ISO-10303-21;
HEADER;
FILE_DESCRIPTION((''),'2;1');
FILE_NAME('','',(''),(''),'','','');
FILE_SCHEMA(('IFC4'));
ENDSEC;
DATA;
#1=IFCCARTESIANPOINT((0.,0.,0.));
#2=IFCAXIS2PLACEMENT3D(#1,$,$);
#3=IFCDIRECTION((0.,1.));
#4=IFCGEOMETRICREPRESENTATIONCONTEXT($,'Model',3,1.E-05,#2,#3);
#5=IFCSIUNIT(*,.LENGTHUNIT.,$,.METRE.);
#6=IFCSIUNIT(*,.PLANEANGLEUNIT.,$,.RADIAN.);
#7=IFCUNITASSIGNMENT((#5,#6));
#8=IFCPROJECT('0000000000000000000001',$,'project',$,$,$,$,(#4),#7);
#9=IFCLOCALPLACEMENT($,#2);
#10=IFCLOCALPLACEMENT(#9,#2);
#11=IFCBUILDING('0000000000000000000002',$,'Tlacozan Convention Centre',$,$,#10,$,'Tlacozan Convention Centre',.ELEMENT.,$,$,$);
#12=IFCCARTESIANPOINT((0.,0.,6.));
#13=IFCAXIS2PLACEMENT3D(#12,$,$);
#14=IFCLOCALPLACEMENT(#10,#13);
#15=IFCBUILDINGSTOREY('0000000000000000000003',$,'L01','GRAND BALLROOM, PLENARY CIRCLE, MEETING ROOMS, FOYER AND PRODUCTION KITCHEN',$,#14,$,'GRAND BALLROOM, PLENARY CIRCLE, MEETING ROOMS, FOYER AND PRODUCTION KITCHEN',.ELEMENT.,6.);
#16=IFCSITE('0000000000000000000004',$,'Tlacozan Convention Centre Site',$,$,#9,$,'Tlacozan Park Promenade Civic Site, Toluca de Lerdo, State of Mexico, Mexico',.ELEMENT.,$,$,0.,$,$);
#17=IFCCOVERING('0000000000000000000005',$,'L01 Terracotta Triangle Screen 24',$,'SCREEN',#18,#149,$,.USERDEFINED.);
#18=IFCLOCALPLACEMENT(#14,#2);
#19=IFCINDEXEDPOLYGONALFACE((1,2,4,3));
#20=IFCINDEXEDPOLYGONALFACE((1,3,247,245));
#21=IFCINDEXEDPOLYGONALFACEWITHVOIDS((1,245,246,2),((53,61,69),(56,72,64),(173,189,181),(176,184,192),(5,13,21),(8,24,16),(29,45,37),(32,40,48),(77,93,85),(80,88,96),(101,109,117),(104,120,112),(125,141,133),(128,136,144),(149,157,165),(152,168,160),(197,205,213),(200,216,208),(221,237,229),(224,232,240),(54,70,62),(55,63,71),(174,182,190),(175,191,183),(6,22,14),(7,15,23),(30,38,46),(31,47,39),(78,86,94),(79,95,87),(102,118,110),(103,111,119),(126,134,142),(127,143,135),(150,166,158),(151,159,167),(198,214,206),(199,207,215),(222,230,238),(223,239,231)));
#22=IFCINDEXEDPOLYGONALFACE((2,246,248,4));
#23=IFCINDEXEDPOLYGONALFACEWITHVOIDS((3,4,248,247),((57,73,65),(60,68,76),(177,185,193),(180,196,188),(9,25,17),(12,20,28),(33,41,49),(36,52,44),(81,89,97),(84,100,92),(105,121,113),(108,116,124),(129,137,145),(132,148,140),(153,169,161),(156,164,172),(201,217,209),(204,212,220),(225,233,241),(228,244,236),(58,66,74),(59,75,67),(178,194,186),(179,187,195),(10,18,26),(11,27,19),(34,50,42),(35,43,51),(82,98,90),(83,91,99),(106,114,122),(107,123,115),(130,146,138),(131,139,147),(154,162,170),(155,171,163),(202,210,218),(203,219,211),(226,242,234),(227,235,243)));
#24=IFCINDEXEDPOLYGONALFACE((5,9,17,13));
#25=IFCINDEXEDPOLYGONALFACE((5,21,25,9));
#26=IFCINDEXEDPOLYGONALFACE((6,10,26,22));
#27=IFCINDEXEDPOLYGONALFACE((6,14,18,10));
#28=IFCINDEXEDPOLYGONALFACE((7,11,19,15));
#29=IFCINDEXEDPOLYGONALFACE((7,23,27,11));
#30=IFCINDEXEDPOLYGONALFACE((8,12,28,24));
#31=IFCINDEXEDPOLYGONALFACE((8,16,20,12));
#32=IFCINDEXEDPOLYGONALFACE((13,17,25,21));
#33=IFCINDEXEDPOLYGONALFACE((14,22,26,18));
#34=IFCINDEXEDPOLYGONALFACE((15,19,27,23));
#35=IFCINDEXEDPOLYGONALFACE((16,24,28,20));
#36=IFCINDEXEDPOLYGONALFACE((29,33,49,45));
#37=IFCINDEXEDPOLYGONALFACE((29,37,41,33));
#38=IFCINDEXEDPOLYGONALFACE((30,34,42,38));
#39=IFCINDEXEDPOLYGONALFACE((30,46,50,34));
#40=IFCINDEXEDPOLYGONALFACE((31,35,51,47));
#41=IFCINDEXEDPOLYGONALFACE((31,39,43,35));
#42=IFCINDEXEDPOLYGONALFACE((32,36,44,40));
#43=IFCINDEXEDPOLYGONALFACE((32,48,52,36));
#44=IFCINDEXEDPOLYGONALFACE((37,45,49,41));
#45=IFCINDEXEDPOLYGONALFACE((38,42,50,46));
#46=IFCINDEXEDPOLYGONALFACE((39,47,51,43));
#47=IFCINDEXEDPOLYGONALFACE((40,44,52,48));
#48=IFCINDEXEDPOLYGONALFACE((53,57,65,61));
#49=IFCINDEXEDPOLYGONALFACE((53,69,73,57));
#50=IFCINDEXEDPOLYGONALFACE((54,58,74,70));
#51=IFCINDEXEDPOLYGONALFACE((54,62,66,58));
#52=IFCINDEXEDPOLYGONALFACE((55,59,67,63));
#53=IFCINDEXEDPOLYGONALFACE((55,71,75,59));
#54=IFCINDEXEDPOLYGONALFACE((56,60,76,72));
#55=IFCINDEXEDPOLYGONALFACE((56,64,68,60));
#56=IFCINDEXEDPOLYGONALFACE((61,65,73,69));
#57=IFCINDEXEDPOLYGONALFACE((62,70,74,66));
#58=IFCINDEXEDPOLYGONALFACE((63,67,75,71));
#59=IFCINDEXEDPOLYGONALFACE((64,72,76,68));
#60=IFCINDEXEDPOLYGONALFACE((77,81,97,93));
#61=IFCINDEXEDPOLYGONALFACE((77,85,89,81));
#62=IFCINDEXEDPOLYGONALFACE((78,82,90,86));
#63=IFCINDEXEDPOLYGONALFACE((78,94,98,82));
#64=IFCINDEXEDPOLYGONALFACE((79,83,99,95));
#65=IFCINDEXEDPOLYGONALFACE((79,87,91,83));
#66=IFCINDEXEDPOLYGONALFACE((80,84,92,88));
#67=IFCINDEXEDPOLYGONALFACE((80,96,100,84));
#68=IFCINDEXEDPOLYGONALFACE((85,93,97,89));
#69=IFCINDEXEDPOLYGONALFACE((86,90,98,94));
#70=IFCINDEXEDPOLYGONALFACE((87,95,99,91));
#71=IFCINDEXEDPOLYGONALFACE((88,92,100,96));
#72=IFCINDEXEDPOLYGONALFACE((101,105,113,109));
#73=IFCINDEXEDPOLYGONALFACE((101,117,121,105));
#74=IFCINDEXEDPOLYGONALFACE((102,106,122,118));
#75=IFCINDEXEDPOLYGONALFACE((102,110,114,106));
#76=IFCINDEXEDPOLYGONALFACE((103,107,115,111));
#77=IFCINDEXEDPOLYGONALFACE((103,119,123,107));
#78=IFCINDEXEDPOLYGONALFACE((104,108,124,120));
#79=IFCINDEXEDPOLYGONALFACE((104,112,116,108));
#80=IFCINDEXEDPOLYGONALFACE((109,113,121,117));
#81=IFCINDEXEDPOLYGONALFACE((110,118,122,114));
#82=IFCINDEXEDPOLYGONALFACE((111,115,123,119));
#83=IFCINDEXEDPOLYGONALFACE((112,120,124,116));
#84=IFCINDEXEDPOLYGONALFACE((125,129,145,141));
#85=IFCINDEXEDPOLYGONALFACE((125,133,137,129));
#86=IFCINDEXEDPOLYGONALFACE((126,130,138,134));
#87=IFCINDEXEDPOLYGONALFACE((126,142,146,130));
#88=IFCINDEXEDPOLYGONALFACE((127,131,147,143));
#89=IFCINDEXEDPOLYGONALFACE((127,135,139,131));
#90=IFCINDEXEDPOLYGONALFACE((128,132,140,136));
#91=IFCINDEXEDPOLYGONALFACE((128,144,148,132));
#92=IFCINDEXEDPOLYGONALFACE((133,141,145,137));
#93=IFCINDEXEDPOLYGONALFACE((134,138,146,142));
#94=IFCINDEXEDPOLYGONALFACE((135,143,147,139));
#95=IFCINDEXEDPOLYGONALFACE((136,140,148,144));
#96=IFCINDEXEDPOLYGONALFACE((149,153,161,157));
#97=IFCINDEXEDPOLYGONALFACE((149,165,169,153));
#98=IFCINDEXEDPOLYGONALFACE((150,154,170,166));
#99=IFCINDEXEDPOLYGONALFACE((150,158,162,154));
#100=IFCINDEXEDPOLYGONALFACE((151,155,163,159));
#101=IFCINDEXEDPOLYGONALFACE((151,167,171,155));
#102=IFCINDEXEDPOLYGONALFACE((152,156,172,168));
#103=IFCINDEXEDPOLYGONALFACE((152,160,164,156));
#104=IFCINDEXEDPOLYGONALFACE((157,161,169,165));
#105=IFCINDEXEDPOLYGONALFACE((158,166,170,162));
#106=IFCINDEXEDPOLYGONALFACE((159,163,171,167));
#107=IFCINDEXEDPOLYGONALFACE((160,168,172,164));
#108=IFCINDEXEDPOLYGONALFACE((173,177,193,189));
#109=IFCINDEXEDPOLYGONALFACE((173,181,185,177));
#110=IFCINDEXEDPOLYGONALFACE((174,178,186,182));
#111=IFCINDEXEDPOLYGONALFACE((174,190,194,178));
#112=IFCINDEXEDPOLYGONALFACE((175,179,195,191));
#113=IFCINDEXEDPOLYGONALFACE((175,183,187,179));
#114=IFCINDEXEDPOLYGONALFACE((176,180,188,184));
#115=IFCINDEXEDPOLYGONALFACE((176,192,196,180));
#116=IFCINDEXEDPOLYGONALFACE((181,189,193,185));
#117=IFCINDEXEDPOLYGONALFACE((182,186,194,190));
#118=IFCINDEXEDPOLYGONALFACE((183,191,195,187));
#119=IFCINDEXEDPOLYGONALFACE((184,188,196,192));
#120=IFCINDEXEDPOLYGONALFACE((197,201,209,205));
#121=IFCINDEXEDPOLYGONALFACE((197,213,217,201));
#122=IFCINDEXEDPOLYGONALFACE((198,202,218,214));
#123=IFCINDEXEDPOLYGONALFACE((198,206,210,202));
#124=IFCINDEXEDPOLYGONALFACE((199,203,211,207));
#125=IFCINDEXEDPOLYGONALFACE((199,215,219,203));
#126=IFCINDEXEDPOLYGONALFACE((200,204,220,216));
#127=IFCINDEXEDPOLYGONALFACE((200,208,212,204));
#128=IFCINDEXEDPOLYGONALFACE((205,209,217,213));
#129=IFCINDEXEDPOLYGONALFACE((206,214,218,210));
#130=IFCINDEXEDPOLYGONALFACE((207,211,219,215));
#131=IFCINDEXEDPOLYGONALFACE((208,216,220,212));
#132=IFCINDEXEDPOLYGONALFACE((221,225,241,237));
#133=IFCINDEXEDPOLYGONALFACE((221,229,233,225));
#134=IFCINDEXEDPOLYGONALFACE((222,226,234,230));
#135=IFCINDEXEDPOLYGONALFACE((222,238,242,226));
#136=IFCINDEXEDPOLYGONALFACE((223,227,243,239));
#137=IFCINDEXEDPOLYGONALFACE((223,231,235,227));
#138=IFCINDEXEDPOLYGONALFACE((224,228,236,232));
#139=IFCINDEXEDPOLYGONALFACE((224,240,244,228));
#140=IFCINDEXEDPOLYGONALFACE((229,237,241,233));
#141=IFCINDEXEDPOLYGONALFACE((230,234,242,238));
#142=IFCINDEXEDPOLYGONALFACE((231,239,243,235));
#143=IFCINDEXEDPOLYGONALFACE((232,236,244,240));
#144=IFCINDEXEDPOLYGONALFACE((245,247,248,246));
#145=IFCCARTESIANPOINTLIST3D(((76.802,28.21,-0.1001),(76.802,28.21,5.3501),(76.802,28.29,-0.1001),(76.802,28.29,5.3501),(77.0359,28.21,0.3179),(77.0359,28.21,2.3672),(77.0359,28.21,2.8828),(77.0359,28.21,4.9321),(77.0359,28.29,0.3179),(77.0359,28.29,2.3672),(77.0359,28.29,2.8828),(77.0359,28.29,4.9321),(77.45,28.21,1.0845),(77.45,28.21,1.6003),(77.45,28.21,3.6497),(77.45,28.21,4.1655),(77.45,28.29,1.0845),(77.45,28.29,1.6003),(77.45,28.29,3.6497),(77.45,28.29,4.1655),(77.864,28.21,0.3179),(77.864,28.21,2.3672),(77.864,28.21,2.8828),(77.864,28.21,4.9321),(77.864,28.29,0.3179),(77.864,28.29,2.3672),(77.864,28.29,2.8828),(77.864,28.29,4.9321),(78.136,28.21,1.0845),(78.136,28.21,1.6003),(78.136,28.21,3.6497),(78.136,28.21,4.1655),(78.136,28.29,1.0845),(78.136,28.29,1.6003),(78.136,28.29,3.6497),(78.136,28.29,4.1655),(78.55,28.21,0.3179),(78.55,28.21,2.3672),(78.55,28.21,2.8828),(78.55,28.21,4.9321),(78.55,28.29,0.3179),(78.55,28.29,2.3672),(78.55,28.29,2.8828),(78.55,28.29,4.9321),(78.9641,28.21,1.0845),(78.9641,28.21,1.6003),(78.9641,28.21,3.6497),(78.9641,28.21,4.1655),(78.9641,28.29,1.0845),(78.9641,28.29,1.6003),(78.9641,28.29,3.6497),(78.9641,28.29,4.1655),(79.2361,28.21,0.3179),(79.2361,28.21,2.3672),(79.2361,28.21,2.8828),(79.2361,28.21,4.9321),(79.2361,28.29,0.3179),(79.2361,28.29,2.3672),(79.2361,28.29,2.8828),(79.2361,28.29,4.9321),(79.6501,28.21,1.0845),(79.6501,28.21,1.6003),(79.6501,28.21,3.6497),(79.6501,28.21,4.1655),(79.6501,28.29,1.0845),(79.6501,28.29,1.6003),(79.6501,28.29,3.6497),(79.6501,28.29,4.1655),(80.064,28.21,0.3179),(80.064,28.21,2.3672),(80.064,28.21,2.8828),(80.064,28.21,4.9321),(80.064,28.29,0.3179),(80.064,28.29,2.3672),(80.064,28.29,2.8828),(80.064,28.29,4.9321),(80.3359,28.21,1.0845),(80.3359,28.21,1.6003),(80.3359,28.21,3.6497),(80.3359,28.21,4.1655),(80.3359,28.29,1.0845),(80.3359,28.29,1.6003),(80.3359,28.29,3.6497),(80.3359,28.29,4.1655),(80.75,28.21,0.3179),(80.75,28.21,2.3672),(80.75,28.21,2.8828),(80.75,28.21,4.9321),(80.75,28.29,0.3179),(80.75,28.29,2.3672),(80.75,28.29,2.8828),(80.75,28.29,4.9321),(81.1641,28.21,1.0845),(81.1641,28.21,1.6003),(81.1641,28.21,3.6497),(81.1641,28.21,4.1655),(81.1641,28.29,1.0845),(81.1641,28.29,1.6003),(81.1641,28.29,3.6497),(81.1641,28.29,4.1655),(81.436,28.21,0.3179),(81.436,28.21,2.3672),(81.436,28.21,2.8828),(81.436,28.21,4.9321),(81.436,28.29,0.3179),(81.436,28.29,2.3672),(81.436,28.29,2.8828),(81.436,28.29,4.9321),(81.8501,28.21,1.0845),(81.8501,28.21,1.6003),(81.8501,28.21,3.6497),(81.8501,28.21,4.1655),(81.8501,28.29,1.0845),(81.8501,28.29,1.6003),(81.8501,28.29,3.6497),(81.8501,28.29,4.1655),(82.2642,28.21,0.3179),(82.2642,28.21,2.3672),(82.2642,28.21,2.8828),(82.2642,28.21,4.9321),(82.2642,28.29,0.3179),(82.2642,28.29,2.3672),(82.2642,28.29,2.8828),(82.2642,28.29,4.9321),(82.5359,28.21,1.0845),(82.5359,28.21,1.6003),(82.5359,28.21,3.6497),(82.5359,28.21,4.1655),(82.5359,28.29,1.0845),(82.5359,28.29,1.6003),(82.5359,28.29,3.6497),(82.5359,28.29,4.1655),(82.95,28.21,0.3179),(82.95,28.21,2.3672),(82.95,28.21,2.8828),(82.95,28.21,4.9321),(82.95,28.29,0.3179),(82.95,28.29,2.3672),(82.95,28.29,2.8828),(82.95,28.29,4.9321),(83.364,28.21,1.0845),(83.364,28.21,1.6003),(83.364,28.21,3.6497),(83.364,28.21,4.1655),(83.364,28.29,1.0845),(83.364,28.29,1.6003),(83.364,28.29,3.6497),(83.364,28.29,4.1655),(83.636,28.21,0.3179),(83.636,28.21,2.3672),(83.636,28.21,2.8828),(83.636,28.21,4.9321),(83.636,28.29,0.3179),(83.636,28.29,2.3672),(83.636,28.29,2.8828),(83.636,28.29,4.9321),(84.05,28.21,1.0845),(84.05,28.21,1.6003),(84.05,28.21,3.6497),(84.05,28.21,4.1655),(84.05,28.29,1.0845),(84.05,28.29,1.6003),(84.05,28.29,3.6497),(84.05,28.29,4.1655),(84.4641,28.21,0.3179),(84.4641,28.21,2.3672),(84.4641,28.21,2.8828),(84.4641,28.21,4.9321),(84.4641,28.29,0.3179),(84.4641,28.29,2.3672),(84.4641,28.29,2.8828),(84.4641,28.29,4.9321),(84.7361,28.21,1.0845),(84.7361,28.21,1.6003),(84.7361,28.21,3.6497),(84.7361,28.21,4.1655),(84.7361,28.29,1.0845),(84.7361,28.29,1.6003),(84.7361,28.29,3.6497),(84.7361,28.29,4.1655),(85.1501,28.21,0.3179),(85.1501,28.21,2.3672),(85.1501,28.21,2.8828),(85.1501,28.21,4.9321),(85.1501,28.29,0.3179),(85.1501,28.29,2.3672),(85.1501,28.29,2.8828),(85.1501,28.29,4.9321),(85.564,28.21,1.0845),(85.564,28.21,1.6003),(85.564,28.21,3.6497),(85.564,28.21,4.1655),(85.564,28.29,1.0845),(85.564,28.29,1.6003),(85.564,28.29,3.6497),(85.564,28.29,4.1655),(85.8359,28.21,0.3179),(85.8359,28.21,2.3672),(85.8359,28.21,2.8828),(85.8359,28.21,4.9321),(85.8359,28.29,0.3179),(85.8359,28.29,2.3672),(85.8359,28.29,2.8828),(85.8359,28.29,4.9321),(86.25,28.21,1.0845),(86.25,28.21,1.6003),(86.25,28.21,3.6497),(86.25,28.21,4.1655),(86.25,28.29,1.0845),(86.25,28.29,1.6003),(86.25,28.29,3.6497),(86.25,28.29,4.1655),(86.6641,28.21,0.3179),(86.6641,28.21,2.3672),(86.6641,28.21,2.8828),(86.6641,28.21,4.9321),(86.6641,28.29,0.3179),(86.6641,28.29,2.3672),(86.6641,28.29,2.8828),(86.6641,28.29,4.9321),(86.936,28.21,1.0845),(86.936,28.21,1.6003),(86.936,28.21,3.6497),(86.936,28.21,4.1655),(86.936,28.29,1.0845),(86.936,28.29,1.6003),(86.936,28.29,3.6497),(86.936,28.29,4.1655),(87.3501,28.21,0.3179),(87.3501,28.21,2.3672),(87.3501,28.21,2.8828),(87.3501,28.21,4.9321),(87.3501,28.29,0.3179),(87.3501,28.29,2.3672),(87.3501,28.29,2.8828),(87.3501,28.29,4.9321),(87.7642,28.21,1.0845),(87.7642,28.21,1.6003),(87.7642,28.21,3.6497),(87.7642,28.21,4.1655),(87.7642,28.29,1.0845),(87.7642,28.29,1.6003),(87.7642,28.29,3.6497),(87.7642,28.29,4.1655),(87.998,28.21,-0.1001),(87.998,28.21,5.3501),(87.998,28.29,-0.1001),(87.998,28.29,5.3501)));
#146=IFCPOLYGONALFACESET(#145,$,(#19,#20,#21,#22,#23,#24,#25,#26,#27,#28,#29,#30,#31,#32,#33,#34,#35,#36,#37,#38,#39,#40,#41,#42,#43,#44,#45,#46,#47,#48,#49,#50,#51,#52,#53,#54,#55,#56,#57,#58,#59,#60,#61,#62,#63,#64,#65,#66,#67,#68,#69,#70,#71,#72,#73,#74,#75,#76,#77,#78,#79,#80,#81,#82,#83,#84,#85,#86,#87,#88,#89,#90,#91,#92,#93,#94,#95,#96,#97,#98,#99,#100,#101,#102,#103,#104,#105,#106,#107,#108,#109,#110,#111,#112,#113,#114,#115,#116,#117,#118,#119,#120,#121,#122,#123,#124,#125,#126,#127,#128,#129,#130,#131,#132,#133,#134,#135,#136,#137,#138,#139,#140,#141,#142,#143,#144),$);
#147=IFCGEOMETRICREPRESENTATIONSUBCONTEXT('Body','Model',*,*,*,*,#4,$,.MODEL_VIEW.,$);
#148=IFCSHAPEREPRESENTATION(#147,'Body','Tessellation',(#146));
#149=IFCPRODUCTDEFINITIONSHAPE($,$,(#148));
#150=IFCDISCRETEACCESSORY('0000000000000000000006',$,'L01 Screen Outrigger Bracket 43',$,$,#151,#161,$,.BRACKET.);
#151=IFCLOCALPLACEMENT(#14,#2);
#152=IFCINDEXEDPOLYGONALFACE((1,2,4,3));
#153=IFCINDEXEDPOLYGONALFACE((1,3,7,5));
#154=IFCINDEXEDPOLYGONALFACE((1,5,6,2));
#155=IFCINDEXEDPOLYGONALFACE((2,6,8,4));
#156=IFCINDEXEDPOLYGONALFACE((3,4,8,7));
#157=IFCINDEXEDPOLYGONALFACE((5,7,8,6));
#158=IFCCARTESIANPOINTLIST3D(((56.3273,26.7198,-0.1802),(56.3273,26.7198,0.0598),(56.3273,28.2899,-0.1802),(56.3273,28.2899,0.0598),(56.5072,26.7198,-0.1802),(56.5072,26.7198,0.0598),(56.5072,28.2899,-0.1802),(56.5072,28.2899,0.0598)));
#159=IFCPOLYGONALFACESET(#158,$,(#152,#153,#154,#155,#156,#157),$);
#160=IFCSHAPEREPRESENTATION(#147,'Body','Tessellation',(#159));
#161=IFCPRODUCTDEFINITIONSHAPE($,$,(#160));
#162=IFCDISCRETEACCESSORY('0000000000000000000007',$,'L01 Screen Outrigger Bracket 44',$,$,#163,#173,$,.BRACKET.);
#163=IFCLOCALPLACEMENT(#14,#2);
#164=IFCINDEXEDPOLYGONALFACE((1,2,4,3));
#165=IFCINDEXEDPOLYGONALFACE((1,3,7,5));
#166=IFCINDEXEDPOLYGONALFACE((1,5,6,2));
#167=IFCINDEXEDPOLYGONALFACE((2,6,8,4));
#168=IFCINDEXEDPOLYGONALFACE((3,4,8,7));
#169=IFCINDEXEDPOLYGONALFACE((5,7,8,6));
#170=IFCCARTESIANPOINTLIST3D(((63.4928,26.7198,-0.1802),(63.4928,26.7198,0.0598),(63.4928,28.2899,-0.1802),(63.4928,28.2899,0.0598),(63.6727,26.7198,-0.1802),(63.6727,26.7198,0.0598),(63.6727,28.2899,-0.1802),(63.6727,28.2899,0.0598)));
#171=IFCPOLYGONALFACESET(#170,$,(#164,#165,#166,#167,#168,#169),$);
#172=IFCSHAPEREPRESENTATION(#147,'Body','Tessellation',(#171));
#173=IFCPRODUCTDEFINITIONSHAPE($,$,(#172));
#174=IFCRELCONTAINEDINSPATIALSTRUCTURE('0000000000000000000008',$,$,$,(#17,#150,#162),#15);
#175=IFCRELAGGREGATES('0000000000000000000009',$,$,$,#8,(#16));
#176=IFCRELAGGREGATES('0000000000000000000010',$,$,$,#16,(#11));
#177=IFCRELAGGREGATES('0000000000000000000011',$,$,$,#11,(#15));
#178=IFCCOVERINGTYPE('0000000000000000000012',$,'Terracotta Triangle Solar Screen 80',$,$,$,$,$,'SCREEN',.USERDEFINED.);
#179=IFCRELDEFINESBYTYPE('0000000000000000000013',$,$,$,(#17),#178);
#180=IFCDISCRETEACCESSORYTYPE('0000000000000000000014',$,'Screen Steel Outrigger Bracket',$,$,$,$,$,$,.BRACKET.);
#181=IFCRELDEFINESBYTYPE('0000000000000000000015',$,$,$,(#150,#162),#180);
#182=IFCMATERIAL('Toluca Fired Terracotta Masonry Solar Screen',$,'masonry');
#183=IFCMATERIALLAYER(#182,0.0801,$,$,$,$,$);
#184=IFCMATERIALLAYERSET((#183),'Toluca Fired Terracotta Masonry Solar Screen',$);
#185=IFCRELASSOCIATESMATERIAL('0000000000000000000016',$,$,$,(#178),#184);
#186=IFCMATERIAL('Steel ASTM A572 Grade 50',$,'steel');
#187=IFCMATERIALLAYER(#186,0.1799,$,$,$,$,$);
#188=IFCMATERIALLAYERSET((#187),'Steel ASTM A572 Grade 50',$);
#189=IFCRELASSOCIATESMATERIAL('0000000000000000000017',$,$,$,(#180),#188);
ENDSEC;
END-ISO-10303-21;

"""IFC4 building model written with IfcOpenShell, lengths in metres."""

from ifc_helpers import new_model, si_unit, direction, frame, origin, origin_2d, place, context, subcontext, project, spatial, polyline, rectangle, outline, extrude, material, layer, layer_set, type_object, element, save


model = new_model("IFC4")

# Units and contexts
model_context = context("Model", 3, precision=1e-05, world=origin(), true_north=direction((0.0, 1.0)))
body_context = subcontext(model_context, "Body", "Model", "MODEL_VIEW")
ifc_project = project(units=[si_unit("LENGTHUNIT", "METRE"), si_unit("PLANEANGLEUNIT", "RADIAN")], contexts=[model_context])

# Site, building, storey
site_placement = place(None, origin())
site = spatial("IfcSite", under=ifc_project, at=site_placement, Name="Tlacozan Convention Centre Site", LongName="Tlacozan Park Promenade Civic Site, Toluca de Lerdo, State of Mexico, Mexico", CompositionType="ELEMENT", RefElevation=0.0)
building_placement = place(site_placement, origin())
building = spatial("IfcBuilding", under=site, at=building_placement, Name="Tlacozan Convention Centre", LongName="Tlacozan Convention Centre", CompositionType="ELEMENT")
storey_placement = place(building_placement, frame((0.0, 0.0, 6.0)))
storey = spatial("IfcBuildingStorey", under=building, at=storey_placement, Name="L01", Description="GRAND BALLROOM, PLENARY CIRCLE, MEETING ROOMS, FOYER AND PRODUCTION KITCHEN", LongName="GRAND BALLROOM, PLENARY CIRCLE, MEETING ROOMS, FOYER AND PRODUCTION KITCHEN", CompositionType="ELEMENT", Elevation=6.0)

# Covering
ifc_material_1 = material(Name="Toluca Fired Terracotta Masonry Solar Screen", Category="masonry")
ifc_layer_1 = layer(ifc_material_1, 0.0801)
ifc_layer_set_1 = layer_set([ifc_layer_1], Name="Toluca Fired Terracotta Masonry Solar Screen")
covering_type = type_object("IfcCoveringType", Name="Terracotta Triangle Solar Screen 80", ElementType="SCREEN", PredefinedType="USERDEFINED", material=ifc_layer_set_1)
covering_1_placement = place(storey_placement, frame((76.802, 28.25, -0.1001), z_axis=(0.0, 0.0, 1.0), x_axis=(1.0, 0.0, 0.0)))
element("IfcCovering", 1, at=covering_1_placement, inside=storey, type_object=covering_type, Name="L01 Terracotta Triangle Screen 24", ObjectType="SCREEN", PredefinedType="USERDEFINED", context=body_context, shape_type="SweptSolid", body=[
    extrude(outline(polyline([(0.0, 0.0), (11.196, 0.0), (11.196, 5.4502), (0.0, 5.4502), (0.0, 0.0)]), holes=[polyline([(0.2339, 0.418), (1.062, 0.418), (0.6479, 1.1846), (0.2339, 0.418)]), polyline([(1.334, 1.1846), (2.1621, 1.1846), (1.748, 0.418), (1.334, 1.1846)]), polyline([(2.4341, 0.418), (3.262, 0.418), (2.8481, 1.1846), (2.4341, 0.418)]), polyline([(3.5339, 1.1846), (4.3621, 1.1846), (3.948, 0.418), (3.5339, 1.1846)]), polyline([(4.634, 0.418), (5.4622, 0.418), (5.0481, 1.1846), (4.634, 0.418)]), polyline([(5.7339, 1.1846), (6.562, 1.1846), (6.1479, 0.418), (5.7339, 1.1846)]), polyline([(6.834, 0.418), (7.6621, 0.418), (7.248, 1.1846), (6.834, 0.418)]), polyline([(7.9341, 1.1846), (8.762, 1.1846), (8.3481, 0.418), (7.9341, 1.1846)]), polyline([(9.0339, 0.418), (9.8621, 0.418), (9.448, 1.1846), (9.0339, 0.418)]), polyline([(10.134, 1.1846), (10.9622, 1.1846), (10.5481, 0.418), (10.134, 1.1846)]), polyline([(0.2339, 2.4673), (1.062, 2.4673), (0.6479, 1.7004), (0.2339, 2.4673)]), polyline([(1.334, 1.7004), (2.1621, 1.7004), (1.748, 2.4673), (1.334, 1.7004)]), polyline([(2.4341, 2.4673), (3.262, 2.4673), (2.8481, 1.7004), (2.4341, 2.4673)]), polyline([(3.5339, 1.7004), (4.3621, 1.7004), (3.948, 2.4673), (3.5339, 1.7004)]), polyline([(4.634, 2.4673), (5.4622, 2.4673), (5.0481, 1.7004), (4.634, 2.4673)]), polyline([(5.7339, 1.7004), (6.562, 1.7004), (6.1479, 2.4673), (5.7339, 1.7004)]), polyline([(6.834, 2.4673), (7.6621, 2.4673), (7.248, 1.7004), (6.834, 2.4673)]), polyline([(7.9341, 1.7004), (8.762, 1.7004), (8.3481, 2.4673), (7.9341, 1.7004)]), polyline([(9.0339, 2.4673), (9.8621, 2.4673), (9.448, 1.7004), (9.0339, 2.4673)]), polyline([(10.134, 1.7004), (10.9622, 1.7004), (10.5481, 2.4673), (10.134, 1.7004)]), polyline([(0.2339, 2.9829), (1.062, 2.9829), (0.6479, 3.7498), (0.2339, 2.9829)]), polyline([(1.334, 3.7498), (2.1621, 3.7498), (1.748, 2.9829), (1.334, 3.7498)]), polyline([(2.4341, 2.9829), (3.262, 2.9829), (2.8481, 3.7498), (2.4341, 2.9829)]), polyline([(3.5339, 3.7498), (4.3621, 3.7498), (3.948, 2.9829), (3.5339, 3.7498)]), polyline([(4.634, 2.9829), (5.4622, 2.9829), (5.0481, 3.7498), (4.634, 2.9829)]), polyline([(5.7339, 3.7498), (6.562, 3.7498), (6.1479, 2.9829), (5.7339, 3.7498)]), polyline([(6.834, 2.9829), (7.6621, 2.9829), (7.248, 3.7498), (6.834, 2.9829)]), polyline([(7.9341, 3.7498), (8.762, 3.7498), (8.3481, 2.9829), (7.9341, 3.7498)]), polyline([(9.0339, 2.9829), (9.8621, 2.9829), (9.448, 3.7498), (9.0339, 2.9829)]), polyline([(10.134, 3.7498), (10.9622, 3.7498), (10.5481, 2.9829), (10.134, 3.7498)]), polyline([(0.2339, 5.0322), (1.062, 5.0322), (0.6479, 4.2656), (0.2339, 5.0322)]), polyline([(1.334, 4.2656), (2.1621, 4.2656), (1.748, 5.0322), (1.334, 4.2656)]), polyline([(2.4341, 5.0322), (3.262, 5.0322), (2.8481, 4.2656), (2.4341, 5.0322)]), polyline([(3.5339, 4.2656), (4.3621, 4.2656), (3.948, 5.0322), (3.5339, 4.2656)]), polyline([(4.634, 5.0322), (5.4622, 5.0322), (5.0481, 4.2656), (4.634, 5.0322)]), polyline([(5.7339, 4.2656), (6.562, 4.2656), (6.1479, 5.0322), (5.7339, 4.2656)]), polyline([(6.834, 5.0322), (7.6621, 5.0322), (7.248, 4.2656), (6.834, 5.0322)]), polyline([(7.9341, 4.2656), (8.762, 4.2656), (8.3481, 5.0322), (7.9341, 4.2656)]), polyline([(9.0339, 5.0322), (9.8621, 5.0322), (9.448, 4.2656), (9.0339, 5.0322)]), polyline([(10.134, 4.2656), (10.9622, 4.2656), (10.5481, 5.0322), (10.134, 4.2656)])]), frame((0.0, 0.04, 0.0), z_axis=(0.0, -1.0, 0.0), x_axis=(1.0, 0.0, 0.0)), (0.0, 0.0, 1.0), 0.0801),
])

# Discrete accessories
ifc_material_2 = material(Name="Steel ASTM A572 Grade 50", Category="steel")
ifc_layer_2 = layer(ifc_material_2, 0.1799)
ifc_layer_set_2 = layer_set([ifc_layer_2], Name="Steel ASTM A572 Grade 50")
discrete_accessory_type = type_object("IfcDiscreteAccessoryType", Name="Screen Steel Outrigger Bracket", PredefinedType="BRACKET", material=ifc_layer_set_2)
for number, where, z_axis, x_axis, name in (
    (2, (56.4172, 27.5049, -0.1802), (0.0, 0.0, 1.0), (0.0, -1.0, 0.0), "L01 Screen Outrigger Bracket 43"),
    (3, (63.5828, 27.5049, -0.1802), (0.0, 0.0, 1.0), (0.0, -1.0, 0.0), "L01 Screen Outrigger Bracket 44"),
):
    element("IfcDiscreteAccessory", number, at=place(storey_placement, frame(where, z_axis=z_axis, x_axis=x_axis)), inside=storey, type_object=discrete_accessory_type, Name=name, PredefinedType="BRACKET", context=body_context, shape_type="SweptSolid", body=[
        extrude(rectangle(XDim=1.5701, YDim=0.1799, at=origin_2d()), origin(), (0.0, 0.0, 1.0), 0.24),
    ])

save(model, "model.ifc")
